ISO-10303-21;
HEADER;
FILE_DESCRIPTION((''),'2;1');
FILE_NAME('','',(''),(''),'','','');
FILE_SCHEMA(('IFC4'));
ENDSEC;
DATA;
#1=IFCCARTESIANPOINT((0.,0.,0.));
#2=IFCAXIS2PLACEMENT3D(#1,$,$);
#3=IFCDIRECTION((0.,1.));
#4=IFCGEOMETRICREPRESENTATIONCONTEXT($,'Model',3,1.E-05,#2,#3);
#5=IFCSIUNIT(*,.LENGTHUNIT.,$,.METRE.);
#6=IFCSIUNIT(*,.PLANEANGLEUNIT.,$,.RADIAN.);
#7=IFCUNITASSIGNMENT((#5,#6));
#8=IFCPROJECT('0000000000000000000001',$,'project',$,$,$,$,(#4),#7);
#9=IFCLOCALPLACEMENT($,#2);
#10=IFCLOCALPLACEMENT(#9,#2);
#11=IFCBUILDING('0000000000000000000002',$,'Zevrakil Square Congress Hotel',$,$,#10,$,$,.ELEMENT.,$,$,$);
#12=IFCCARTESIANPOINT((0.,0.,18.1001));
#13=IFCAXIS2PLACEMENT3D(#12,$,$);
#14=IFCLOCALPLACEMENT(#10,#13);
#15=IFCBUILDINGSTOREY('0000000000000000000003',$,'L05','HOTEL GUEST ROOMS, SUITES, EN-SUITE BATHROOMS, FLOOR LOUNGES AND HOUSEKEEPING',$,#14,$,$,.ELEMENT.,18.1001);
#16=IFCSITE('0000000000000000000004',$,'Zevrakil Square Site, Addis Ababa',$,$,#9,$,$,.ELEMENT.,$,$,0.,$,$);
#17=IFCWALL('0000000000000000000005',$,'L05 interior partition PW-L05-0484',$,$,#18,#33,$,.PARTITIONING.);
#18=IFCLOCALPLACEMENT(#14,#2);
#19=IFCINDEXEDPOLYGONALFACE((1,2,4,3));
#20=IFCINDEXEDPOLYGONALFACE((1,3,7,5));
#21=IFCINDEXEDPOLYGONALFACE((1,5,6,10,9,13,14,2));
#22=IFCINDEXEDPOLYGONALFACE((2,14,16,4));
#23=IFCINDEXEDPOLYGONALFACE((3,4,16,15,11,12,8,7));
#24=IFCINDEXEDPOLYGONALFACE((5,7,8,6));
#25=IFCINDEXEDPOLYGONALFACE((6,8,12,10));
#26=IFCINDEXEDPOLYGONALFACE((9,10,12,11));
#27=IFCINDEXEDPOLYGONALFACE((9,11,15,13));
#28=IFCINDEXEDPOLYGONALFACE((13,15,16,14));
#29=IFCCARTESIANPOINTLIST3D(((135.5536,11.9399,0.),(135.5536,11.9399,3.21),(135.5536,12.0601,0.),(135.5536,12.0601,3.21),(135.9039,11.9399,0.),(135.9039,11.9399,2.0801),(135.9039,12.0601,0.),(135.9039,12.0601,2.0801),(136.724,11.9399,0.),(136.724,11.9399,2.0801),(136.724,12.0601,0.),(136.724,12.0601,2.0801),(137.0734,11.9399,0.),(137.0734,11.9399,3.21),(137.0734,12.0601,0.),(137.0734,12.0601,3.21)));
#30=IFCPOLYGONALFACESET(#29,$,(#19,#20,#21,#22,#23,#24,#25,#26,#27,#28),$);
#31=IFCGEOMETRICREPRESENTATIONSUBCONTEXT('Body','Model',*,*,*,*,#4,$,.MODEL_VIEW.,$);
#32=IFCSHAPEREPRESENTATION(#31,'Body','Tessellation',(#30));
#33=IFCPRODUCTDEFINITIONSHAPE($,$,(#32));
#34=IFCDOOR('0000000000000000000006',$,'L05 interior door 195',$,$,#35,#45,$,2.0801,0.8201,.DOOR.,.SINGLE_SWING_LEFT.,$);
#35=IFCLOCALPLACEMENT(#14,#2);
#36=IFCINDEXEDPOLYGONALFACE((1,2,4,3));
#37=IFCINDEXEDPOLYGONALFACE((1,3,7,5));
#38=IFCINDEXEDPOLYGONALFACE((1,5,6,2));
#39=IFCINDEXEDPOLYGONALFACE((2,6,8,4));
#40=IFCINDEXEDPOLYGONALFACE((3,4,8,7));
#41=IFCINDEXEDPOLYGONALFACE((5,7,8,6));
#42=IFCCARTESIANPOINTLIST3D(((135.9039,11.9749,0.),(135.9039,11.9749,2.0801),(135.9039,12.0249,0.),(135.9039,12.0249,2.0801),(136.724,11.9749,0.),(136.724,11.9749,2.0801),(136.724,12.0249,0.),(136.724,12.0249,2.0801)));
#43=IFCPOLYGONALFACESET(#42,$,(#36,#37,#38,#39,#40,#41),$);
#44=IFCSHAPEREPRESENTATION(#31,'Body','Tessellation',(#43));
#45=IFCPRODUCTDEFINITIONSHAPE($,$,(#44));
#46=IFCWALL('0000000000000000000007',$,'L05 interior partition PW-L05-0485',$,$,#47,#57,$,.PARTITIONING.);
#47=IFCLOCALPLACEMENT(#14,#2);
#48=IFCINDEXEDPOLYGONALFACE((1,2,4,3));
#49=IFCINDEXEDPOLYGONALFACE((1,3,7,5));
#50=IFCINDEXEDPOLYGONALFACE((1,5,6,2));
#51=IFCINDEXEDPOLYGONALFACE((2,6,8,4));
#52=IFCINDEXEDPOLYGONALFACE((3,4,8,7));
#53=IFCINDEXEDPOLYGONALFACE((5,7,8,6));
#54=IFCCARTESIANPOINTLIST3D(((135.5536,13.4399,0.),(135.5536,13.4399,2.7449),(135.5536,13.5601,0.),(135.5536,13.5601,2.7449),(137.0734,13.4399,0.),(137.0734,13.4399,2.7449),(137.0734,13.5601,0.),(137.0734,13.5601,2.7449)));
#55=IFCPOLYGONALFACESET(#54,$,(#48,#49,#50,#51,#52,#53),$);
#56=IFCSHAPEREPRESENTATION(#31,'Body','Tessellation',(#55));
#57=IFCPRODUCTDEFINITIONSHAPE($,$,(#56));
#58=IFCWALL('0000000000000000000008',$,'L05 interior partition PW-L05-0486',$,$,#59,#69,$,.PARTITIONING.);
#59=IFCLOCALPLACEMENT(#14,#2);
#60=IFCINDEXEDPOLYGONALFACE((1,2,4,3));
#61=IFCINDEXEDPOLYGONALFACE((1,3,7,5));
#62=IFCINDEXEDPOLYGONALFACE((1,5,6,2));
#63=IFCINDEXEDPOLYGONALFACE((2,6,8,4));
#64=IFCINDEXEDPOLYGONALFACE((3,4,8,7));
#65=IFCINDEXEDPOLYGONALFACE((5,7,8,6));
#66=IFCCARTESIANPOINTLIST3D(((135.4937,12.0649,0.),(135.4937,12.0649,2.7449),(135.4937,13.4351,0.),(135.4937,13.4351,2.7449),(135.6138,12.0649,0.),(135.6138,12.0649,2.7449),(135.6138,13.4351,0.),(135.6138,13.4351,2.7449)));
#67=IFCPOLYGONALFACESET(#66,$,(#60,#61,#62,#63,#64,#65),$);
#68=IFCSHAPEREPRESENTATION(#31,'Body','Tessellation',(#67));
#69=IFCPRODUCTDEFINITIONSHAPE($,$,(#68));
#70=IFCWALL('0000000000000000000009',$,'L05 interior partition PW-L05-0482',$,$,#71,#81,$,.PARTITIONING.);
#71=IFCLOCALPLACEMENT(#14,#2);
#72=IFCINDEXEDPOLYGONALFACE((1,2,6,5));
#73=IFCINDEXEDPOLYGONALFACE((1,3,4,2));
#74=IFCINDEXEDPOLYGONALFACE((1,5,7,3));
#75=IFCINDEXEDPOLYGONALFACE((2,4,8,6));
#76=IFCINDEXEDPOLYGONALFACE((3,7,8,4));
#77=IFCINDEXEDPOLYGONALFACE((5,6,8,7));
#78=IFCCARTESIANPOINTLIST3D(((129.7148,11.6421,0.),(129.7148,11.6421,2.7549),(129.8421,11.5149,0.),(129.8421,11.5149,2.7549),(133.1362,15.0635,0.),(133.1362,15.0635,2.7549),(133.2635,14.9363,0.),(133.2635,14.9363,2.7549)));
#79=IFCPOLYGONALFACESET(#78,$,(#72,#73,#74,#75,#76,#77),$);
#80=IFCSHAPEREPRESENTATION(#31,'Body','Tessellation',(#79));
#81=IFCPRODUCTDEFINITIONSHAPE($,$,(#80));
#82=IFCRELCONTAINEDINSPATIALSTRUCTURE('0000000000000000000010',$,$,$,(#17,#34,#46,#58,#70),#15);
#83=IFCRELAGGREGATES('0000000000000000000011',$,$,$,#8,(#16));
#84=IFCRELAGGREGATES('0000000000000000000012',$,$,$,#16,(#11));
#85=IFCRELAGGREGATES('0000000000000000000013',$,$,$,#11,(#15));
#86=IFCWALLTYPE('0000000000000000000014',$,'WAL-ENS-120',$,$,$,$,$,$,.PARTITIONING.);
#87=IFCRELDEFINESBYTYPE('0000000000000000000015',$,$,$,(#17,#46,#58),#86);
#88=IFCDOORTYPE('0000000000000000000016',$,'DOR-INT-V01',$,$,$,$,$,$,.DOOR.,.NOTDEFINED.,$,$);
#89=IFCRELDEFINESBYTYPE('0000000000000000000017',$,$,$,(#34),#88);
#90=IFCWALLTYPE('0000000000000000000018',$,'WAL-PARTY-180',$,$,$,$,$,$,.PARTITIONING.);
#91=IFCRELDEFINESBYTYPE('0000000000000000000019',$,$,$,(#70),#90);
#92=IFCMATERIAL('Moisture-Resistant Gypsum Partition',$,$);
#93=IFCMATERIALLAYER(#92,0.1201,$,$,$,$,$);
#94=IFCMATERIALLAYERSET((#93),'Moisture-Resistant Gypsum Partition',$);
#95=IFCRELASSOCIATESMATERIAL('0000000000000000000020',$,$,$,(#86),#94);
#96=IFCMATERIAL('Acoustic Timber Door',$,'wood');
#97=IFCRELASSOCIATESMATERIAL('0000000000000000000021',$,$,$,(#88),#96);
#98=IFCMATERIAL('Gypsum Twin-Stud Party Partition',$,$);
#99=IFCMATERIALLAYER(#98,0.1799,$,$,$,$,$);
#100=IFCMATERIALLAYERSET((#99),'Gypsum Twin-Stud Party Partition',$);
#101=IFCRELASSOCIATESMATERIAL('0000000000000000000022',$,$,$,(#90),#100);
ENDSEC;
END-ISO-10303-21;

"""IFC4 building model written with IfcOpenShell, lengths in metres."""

from ifc_helpers import new_model, si_unit, direction, frame, frame_2d, origin, place, context, subcontext, project, spatial, rectangle, extrude, material, layer, layer_set, type_object, element, fill, save


model = new_model("IFC4")

# Units and contexts
model_context = context("Model", 3, precision=1e-05, world=origin(), true_north=direction((0.0, 1.0)))
body_context = subcontext(model_context, "Body", "Model", "MODEL_VIEW")
ifc_project = project(units=[si_unit("LENGTHUNIT", "METRE"), si_unit("PLANEANGLEUNIT", "RADIAN")], contexts=[model_context])

# Site, building, storey
site_placement = place(None, origin())
site = spatial("IfcSite", under=ifc_project, at=site_placement, Name="Zevrakil Square Site, Addis Ababa", CompositionType="ELEMENT", RefElevation=0.0)
building_placement = place(site_placement, origin())
building = spatial("IfcBuilding", under=site, at=building_placement, Name="Zevrakil Square Congress Hotel", CompositionType="ELEMENT")
storey_placement = place(building_placement, frame((0.0, 0.0, 18.1001)))
storey = spatial("IfcBuildingStorey", under=building, at=storey_placement, Name="L05", Description="HOTEL GUEST ROOMS, SUITES, EN-SUITE BATHROOMS, FLOOR LOUNGES AND HOUSEKEEPING", CompositionType="ELEMENT", Elevation=18.1001)

# Shared definitions
ifc_material_1 = material(Name="Moisture-Resistant Gypsum Partition")
ifc_layer_1 = layer(ifc_material_1, 0.1201)
ifc_layer_set_1 = layer_set([ifc_layer_1], Name="Moisture-Resistant Gypsum Partition")
wall_type_1 = type_object("IfcWallType", Name="WAL-ENS-120", PredefinedType="PARTITIONING", material=ifc_layer_set_1)
ifc_material_2 = material(Name="Acoustic Timber Door", Category="wood")
door_type_1 = type_object("IfcDoorType", Name="DOR-INT-V01", OperationType="NOTDEFINED", PredefinedType="DOOR", material=ifc_material_2)

# Wall, opening, door
wall_1_placement = place(storey_placement, frame((135.5537, 12.0, 0.0), z_axis=(0.0, 0.0, 1.0), x_axis=(1.0, 0.0, 0.0)))
wall_1 = element("IfcWall", 1, at=wall_1_placement, inside=storey, type_object=wall_type_1, Name="L05 interior partition PW-L05-0484", PredefinedType="PARTITIONING", context=body_context, shape_type="SweptSolid", body=[
    extrude(rectangle(XDim=1.5198, YDim=0.1201, at=frame_2d((0.7598, 0.0))), origin(), (0.0, 0.0, 1.0), 3.21),
])
opening_1_placement = place(wall_1_placement, frame((0.3501, 0.0, 0.0)))
opening_1 = element("IfcOpeningElement", 2, at=opening_1_placement, cuts=wall_1, PredefinedType="OPENING", context=body_context, shape_type="SweptSolid", body=[
    extrude(rectangle(XDim=0.8201, YDim=2.0801, at=frame_2d((0.4102, 1.04))), frame((0.0, 0.0701, 0.0), z_axis=(0.0, -1.0, 0.0), x_axis=(1.0, 0.0, 0.0)), (0.0, 0.0, 1.0), 0.1401),
])
door_1_placement = place(opening_1_placement, origin())
door_1 = element("IfcDoor", 3, at=door_1_placement, inside=storey, type_object=door_type_1, Name="L05 interior door 195", OperationType="SINGLE_SWING_LEFT", OverallHeight=2.0801, OverallWidth=0.8201, PredefinedType="DOOR", context=body_context, shape_type="SweptSolid", body=[
    extrude(rectangle(XDim=0.8201, YDim=2.0801, at=frame_2d((0.4102, 1.04))), frame((0.0, 0.0249, 0.0), z_axis=(0.0, -1.0, 0.0), x_axis=(1.0, 0.0, 0.0)), (0.0, 0.0, 1.0), 0.05),
])
fill(opening_1, door_1)

# Walls
wall_2_placement = place(storey_placement, frame((135.5537, 13.5, 0.0), z_axis=(0.0, 0.0, 1.0), x_axis=(1.0, 0.0, 0.0)))
element("IfcWall", 4, at=wall_2_placement, inside=storey, type_object=wall_type_1, Name="L05 interior partition PW-L05-0485", PredefinedType="PARTITIONING", context=body_context, shape_type="SweptSolid", body=[
    extrude(rectangle(XDim=1.5198, YDim=0.1201, at=frame_2d((0.7598, 0.0))), origin(), (0.0, 0.0, 1.0), 2.7449),
])
wall_3_placement = place(storey_placement, frame((135.5537, 12.0649, 0.0), z_axis=(0.0, 0.0, 1.0), x_axis=(0.0, 1.0, 0.0)))
element("IfcWall", 5, at=wall_3_placement, inside=storey, type_object=wall_type_1, Name="L05 interior partition PW-L05-0486", PredefinedType="PARTITIONING", context=body_context, shape_type="SweptSolid", body=[
    extrude(rectangle(XDim=1.3701, YDim=0.1201, at=frame_2d((0.6851, 0.0))), origin(), (0.0, 0.0, 1.0), 2.7449),
])
ifc_material_3 = material(Name="Gypsum Twin-Stud Party Partition")
ifc_layer_2 = layer(ifc_material_3, 0.1799)
ifc_layer_set_2 = layer_set([ifc_layer_2], Name="Gypsum Twin-Stud Party Partition")
wall_type_2 = type_object("IfcWallType", Name="WAL-PARTY-180", PredefinedType="PARTITIONING", material=ifc_layer_set_2)
wall_4_placement = place(storey_placement, frame((133.2, 15.0, 0.0), z_axis=(0.0, 0.0, 1.0), x_axis=(-0.707107, -0.707107, 0.0)))
element("IfcWall", 6, at=wall_4_placement, inside=storey, type_object=wall_type_2, Name="L05 interior partition PW-L05-0482", PredefinedType="PARTITIONING", context=body_context, shape_type="SweptSolid", body=[
    extrude(rectangle(XDim=4.8386, YDim=0.1799, at=frame_2d((2.4194, 0.0))), origin(), (0.0, 0.0, 1.0), 2.7549),
])

save(model, "model.ifc")
